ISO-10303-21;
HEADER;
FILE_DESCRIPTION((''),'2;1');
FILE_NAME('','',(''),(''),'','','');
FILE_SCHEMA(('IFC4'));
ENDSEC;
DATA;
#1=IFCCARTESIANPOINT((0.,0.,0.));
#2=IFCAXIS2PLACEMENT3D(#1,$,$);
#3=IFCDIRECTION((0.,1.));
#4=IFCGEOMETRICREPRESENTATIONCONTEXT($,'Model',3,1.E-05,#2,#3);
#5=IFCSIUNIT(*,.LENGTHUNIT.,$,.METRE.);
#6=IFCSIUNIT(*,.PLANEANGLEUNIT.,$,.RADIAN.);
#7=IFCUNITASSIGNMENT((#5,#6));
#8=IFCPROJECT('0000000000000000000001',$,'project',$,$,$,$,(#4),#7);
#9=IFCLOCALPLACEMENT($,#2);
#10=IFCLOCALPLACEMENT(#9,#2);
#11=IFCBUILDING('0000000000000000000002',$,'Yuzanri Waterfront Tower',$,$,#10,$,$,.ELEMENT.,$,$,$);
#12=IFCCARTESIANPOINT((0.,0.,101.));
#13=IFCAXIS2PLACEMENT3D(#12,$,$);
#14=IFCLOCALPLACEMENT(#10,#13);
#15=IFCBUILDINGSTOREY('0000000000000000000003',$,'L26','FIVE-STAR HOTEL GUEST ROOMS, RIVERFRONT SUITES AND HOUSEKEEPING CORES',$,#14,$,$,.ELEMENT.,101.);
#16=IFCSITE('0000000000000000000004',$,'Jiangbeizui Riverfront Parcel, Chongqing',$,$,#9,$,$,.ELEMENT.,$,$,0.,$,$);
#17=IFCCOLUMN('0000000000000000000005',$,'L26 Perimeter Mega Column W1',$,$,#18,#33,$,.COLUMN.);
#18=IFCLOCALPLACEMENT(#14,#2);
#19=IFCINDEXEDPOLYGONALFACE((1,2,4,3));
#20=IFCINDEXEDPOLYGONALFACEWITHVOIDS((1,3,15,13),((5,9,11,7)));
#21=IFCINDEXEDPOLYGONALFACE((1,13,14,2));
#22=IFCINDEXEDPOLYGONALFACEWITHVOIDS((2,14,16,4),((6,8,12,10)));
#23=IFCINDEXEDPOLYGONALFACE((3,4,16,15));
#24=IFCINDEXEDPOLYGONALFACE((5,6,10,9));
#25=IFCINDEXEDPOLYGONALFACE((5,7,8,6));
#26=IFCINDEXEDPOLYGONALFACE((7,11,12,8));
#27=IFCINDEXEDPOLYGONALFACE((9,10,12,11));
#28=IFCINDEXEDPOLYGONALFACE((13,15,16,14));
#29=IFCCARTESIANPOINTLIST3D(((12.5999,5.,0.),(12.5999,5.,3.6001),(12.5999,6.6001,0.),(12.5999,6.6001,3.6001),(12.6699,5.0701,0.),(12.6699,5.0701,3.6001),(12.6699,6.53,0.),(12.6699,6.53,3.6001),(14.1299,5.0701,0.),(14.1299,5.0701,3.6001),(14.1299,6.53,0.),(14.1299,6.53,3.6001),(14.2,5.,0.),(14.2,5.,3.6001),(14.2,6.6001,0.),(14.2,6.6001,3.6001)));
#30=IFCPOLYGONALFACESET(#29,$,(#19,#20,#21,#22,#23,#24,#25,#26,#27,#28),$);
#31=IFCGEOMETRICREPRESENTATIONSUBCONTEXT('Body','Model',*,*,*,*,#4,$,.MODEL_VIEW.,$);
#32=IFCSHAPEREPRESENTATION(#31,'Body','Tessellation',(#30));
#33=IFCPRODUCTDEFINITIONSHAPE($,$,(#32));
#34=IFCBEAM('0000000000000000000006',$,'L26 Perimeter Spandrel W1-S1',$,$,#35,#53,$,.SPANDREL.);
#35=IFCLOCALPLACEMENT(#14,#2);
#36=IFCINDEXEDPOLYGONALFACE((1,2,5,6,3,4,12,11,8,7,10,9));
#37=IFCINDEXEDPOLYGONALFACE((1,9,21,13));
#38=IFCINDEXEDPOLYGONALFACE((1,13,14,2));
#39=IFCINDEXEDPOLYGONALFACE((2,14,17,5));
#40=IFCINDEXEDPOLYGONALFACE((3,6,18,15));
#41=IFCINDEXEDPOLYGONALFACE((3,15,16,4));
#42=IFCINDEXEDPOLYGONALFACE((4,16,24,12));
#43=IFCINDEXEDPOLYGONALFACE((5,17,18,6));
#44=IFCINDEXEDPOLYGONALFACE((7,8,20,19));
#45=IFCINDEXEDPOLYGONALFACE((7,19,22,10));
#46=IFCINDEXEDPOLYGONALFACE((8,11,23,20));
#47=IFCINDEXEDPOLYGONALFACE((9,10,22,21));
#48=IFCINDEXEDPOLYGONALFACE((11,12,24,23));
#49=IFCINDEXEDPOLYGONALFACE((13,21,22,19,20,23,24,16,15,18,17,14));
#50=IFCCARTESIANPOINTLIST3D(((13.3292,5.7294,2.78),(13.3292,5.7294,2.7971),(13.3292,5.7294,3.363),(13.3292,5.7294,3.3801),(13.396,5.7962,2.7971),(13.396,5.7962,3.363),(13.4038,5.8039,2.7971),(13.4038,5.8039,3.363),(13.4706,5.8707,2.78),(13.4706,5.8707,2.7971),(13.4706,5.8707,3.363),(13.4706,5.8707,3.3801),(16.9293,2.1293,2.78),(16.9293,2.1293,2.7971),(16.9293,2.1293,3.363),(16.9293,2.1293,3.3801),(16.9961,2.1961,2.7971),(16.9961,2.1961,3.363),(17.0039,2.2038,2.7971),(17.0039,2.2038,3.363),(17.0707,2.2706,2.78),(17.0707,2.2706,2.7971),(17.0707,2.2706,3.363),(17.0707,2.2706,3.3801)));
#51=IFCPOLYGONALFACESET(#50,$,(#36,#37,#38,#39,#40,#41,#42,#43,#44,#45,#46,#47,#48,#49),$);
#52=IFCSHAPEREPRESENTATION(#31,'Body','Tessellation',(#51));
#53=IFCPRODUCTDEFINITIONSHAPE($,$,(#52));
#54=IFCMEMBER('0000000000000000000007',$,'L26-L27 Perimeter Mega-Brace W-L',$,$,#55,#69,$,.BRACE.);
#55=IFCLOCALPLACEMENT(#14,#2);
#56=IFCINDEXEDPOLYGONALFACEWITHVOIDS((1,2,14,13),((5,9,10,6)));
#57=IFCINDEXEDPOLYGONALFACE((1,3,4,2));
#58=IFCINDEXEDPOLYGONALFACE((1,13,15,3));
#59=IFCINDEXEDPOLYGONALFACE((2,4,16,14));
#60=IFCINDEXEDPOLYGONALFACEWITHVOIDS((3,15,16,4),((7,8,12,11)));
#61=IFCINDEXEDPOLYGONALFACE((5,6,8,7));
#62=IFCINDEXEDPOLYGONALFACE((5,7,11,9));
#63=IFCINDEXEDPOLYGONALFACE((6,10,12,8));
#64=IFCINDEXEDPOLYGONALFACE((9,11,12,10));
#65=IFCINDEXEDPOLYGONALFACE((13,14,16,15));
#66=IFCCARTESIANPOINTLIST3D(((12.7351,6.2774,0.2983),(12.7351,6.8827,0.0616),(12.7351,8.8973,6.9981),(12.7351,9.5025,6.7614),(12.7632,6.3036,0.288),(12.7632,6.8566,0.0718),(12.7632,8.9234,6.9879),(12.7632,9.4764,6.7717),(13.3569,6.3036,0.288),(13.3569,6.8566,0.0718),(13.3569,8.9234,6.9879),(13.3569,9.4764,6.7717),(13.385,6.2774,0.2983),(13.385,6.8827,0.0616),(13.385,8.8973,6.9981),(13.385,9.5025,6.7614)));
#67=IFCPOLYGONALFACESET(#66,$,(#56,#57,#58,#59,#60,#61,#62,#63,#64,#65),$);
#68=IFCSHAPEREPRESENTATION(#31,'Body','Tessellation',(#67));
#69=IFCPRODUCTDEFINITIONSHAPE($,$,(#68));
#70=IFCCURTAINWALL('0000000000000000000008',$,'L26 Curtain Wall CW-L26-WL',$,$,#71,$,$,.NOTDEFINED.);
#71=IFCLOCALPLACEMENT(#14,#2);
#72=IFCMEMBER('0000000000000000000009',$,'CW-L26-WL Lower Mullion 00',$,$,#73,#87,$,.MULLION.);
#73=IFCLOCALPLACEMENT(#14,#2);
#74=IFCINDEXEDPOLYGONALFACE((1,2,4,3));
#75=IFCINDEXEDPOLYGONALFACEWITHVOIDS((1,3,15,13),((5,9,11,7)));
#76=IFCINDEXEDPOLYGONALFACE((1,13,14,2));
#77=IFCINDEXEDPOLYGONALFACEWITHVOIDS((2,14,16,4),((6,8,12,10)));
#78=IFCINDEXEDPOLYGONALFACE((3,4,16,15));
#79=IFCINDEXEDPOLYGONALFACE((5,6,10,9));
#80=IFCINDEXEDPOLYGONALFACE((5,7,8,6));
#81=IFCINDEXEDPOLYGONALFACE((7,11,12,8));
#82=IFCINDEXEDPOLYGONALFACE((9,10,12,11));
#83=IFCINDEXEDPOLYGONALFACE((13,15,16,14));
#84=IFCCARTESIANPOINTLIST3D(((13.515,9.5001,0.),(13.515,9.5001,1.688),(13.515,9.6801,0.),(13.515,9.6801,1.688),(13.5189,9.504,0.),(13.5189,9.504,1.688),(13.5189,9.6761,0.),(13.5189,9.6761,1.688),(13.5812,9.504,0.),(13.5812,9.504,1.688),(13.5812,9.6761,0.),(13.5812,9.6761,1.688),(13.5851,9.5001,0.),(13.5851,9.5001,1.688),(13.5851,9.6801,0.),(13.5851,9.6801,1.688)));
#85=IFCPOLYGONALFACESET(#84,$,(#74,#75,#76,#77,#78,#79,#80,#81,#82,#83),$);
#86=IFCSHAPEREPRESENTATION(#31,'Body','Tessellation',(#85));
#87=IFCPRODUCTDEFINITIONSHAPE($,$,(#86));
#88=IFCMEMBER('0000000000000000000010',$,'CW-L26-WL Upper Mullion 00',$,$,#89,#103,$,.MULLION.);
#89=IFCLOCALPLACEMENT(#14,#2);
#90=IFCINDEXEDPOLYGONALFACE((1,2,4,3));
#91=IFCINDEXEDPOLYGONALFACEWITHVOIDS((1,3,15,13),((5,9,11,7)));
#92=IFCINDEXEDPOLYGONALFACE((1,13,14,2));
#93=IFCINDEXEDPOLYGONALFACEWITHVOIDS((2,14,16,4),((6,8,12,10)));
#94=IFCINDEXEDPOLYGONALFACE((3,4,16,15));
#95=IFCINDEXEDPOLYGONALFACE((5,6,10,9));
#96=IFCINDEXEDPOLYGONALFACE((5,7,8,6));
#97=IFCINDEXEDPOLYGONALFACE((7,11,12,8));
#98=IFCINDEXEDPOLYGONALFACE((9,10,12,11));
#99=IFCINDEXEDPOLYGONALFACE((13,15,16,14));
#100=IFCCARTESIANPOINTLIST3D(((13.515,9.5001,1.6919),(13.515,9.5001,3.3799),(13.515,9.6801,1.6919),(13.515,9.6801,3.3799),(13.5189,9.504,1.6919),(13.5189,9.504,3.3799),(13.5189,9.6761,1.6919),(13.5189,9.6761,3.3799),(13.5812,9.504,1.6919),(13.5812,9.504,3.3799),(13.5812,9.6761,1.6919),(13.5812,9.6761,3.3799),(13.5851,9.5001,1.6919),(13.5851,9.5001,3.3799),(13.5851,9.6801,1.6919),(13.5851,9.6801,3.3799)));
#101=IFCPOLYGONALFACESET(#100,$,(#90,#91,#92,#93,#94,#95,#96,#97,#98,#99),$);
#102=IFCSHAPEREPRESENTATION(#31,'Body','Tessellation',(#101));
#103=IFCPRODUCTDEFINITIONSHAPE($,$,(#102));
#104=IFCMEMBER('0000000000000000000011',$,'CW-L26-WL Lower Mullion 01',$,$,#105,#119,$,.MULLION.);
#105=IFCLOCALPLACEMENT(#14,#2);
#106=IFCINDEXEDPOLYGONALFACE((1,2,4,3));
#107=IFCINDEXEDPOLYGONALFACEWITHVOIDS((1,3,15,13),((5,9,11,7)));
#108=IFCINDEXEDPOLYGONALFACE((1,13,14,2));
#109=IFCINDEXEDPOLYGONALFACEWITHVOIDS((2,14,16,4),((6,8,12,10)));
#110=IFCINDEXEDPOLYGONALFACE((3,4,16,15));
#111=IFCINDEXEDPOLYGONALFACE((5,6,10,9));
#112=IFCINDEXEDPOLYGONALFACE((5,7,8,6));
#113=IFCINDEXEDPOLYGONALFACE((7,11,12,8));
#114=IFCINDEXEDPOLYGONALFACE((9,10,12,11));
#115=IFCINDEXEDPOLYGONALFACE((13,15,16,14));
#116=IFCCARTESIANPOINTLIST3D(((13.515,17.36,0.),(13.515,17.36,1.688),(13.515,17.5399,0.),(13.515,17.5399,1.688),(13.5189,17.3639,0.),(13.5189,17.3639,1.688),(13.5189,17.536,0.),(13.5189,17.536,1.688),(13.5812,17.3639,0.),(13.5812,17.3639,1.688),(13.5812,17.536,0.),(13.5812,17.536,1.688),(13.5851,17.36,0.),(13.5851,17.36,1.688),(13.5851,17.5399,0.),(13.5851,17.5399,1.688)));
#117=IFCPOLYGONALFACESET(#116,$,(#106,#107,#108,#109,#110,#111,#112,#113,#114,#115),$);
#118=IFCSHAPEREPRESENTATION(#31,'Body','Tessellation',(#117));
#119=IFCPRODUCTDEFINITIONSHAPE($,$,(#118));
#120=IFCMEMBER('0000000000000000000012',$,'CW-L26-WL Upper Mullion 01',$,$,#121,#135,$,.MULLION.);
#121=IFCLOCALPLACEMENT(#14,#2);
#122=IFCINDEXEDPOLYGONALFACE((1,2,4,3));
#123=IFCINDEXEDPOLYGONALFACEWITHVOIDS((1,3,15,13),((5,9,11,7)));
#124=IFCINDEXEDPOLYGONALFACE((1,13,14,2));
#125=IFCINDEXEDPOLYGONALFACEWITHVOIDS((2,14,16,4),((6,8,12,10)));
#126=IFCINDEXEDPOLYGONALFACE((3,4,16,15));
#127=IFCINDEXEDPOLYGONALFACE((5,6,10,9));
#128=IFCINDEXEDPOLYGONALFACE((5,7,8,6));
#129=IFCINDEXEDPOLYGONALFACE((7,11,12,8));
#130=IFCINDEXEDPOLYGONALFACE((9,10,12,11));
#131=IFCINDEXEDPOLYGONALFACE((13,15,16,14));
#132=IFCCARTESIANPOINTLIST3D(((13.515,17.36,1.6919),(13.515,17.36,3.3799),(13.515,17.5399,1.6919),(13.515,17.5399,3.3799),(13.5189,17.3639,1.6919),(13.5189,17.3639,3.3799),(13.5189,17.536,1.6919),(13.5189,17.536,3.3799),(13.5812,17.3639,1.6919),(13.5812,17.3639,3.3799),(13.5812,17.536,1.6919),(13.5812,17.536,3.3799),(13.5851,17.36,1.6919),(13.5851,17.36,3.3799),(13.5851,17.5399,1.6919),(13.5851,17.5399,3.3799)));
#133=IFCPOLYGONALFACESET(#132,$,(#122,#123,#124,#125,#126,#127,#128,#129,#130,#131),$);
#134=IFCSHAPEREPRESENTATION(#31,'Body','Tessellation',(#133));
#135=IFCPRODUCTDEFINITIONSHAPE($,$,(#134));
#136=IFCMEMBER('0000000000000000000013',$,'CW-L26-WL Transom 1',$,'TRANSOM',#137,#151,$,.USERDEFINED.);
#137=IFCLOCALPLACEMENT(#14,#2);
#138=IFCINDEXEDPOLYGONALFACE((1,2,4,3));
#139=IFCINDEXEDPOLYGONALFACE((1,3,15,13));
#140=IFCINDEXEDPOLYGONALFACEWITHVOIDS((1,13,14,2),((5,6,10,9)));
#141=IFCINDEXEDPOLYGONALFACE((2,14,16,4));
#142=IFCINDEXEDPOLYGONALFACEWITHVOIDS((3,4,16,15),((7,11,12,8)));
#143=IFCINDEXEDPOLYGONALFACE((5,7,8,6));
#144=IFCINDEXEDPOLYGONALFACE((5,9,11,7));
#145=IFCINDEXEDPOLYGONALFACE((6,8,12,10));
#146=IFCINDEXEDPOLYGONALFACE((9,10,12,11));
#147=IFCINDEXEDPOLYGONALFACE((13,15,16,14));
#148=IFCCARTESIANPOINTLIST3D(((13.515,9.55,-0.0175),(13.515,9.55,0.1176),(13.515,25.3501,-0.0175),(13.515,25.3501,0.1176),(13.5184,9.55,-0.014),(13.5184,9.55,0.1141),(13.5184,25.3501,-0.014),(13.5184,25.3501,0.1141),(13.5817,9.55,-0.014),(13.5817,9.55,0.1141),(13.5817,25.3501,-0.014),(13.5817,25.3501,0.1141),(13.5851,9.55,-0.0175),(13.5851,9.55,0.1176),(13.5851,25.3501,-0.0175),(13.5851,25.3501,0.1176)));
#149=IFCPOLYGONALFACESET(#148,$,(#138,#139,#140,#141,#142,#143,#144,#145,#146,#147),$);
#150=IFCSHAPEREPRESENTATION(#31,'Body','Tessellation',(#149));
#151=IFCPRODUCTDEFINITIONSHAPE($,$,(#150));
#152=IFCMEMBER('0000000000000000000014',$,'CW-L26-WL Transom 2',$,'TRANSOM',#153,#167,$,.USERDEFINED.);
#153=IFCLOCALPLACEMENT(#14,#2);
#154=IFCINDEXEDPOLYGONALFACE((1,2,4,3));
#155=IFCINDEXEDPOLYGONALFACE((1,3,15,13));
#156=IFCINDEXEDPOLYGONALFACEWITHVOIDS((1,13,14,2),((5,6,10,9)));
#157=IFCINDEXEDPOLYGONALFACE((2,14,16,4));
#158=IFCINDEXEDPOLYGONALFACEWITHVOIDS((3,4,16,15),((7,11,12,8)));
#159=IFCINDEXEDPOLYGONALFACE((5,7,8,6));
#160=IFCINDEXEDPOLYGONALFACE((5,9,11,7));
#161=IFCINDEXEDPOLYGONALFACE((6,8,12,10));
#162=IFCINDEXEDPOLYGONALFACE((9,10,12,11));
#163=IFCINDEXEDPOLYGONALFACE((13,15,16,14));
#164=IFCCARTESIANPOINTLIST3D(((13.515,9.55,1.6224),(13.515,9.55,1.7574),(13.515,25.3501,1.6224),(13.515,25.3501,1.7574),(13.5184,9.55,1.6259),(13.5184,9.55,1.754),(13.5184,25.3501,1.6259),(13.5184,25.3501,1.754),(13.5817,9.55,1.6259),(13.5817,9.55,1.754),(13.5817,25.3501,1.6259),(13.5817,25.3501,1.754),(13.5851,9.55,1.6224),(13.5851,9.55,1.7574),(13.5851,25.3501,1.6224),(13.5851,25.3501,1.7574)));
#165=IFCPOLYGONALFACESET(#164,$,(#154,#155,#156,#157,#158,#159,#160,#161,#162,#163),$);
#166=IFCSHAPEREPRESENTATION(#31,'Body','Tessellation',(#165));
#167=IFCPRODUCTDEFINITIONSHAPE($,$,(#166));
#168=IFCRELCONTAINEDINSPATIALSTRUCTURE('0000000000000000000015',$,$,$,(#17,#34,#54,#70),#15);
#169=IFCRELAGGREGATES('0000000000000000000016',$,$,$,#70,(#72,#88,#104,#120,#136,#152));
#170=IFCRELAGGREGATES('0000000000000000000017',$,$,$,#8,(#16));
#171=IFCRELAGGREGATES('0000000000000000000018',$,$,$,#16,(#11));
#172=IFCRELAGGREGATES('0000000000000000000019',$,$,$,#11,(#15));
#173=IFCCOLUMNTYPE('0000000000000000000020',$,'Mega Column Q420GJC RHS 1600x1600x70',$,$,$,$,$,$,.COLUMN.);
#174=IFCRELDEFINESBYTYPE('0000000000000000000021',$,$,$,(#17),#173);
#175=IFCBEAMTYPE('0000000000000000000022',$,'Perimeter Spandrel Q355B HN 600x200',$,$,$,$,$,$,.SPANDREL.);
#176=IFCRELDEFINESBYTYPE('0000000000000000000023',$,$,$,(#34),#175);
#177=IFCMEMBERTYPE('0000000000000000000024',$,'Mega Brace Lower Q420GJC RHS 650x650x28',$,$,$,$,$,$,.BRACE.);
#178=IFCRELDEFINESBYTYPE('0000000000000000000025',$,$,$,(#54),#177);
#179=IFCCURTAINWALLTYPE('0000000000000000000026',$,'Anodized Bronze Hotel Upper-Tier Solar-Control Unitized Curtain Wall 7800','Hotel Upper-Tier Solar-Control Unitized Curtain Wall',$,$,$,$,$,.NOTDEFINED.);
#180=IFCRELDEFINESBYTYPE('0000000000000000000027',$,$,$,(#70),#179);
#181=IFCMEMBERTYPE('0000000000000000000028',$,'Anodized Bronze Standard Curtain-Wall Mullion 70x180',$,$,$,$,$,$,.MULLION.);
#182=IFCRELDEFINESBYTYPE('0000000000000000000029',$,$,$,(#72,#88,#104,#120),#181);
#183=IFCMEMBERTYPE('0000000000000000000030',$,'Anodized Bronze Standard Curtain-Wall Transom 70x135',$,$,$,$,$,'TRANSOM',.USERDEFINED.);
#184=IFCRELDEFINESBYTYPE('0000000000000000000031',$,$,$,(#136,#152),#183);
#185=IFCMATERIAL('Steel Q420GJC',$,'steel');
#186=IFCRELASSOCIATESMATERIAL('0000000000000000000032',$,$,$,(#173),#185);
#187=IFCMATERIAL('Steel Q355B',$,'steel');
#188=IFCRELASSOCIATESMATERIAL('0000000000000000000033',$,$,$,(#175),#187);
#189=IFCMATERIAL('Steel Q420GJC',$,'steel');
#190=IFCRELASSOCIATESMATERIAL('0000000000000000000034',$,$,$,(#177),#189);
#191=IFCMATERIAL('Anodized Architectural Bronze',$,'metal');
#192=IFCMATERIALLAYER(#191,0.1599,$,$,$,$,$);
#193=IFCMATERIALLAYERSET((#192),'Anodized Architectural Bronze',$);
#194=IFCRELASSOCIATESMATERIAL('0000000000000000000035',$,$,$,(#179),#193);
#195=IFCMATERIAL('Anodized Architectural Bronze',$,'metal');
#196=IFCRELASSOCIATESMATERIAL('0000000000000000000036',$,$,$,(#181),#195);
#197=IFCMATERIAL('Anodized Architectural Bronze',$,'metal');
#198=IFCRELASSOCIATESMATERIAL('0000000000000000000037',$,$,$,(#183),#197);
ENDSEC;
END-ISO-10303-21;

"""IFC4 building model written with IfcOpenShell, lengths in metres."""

from ifc_helpers import new_model, si_unit, direction, frame, origin, origin_2d, place, context, subcontext, project, spatial, hollow_rectangle, i_section, extrude, source, transform, mapped, material, layer, layer_set, material_profile, profile_set, type_object, element, aggregate, save


model = new_model("IFC4")

# Units and contexts
model_context = context("Model", 3, precision=1e-05, world=origin(), true_north=direction((0.0, 1.0)))
body_context = subcontext(model_context, "Body", "Model", "MODEL_VIEW")
ifc_project = project(units=[si_unit("LENGTHUNIT", "METRE"), si_unit("PLANEANGLEUNIT", "RADIAN")], contexts=[model_context])

# Site, building, storey
site_placement = place(None, origin())
site = spatial("IfcSite", under=ifc_project, at=site_placement, Name="Jiangbeizui Riverfront Parcel, Chongqing", CompositionType="ELEMENT", RefElevation=0.0)
building_placement = place(site_placement, origin())
building = spatial("IfcBuilding", under=site, at=building_placement, Name="Yuzanri Waterfront Tower", CompositionType="ELEMENT")
storey_placement = place(building_placement, frame((0.0, 0.0, 101.0)))
storey = spatial("IfcBuildingStorey", under=building, at=storey_placement, Name="L26", Description="FIVE-STAR HOTEL GUEST ROOMS, RIVERFRONT SUITES AND HOUSEKEEPING CORES", CompositionType="ELEMENT", Elevation=101.0)

# Column
ifc_material_1 = material(Name="Steel Q420GJC", Category="steel")
ifc_material_profile_1 = material_profile(ifc_material_1, hollow_rectangle(XDim=1.6001, YDim=1.6001, WallThickness=0.0701, at=origin_2d()), Name="RHS 1600x1600x70")
ifc_profile_set_1 = profile_set([ifc_material_profile_1], Name="Steel Q420GJC")
column_type = type_object("IfcColumnType", Name="Mega Column Q420GJC RHS 1600x1600x70", PredefinedType="COLUMN", material=ifc_profile_set_1)
shared_shape_1 = source(origin(), body_context, "Body", "SweptSolid", [
    extrude(hollow_rectangle(XDim=1.6001, YDim=1.6001, WallThickness=0.0701, at=origin_2d()), origin(), (0.0, 0.0, 1.0), 3.6001),
])
column_placement = place(storey_placement, frame((13.3999, 5.8, 0.0), z_axis=(0.0, 0.0, 1.0), x_axis=(1.0, 0.0, 0.0)))
element("IfcColumn", 1, at=column_placement, inside=storey, type_object=column_type, Name="L26 Perimeter Mega Column W1", PredefinedType="COLUMN", context=body_context, shape_type="MappedRepresentation", body=[
    mapped(shared_shape_1, transform((0.0, 0.0, 0.0), scale=1.0)),
])

# Beam
ifc_material_2 = material(Name="Steel Q355B", Category="steel")
ifc_material_profile_2 = material_profile(ifc_material_2, i_section(OverallWidth=0.2, OverallDepth=0.6001, WebThickness=0.011, FlangeThickness=0.0171, at=origin_2d()), Name="HN 600x200x11x17")
ifc_profile_set_2 = profile_set([ifc_material_profile_2], Name="Steel Q355B")
beam_type = type_object("IfcBeamType", Name="Perimeter Spandrel Q355B HN 600x200", PredefinedType="SPANDREL", material=ifc_profile_set_2)
shared_shape_2 = source(origin(), body_context, "Body", "SweptSolid", [
    extrude(i_section(OverallWidth=0.2, OverallDepth=0.6001, WebThickness=0.011, FlangeThickness=0.0171, at=origin_2d()), origin(), (0.0, 0.0, 1.0), 5.0913),
])
beam_placement = place(storey_placement, frame((13.3999, 5.8, 3.0801), z_axis=(0.707107, -0.707107, 0.0), x_axis=(0.707107, 0.707107, 0.0)))
element("IfcBeam", 2, at=beam_placement, inside=storey, type_object=beam_type, Name="L26 Perimeter Spandrel W1-S1", PredefinedType="SPANDREL", context=body_context, shape_type="MappedRepresentation", body=[
    mapped(shared_shape_2, transform((0.0, 0.0, 0.0), scale=1.0)),
])

# Member
ifc_material_3 = material(Name="Steel Q420GJC", Category="steel")
ifc_material_profile_3 = material_profile(ifc_material_3, hollow_rectangle(XDim=0.6499, YDim=0.6499, WallThickness=0.0281, at=origin_2d()), Name="RHS 650x650x28")
ifc_profile_set_3 = profile_set([ifc_material_profile_3], Name="Steel Q420GJC")
member_type_1 = type_object("IfcMemberType", Name="Mega Brace Lower Q420GJC RHS 650x650x28", PredefinedType="BRACE", material=ifc_profile_set_3)
shared_shape_3 = source(origin(), body_context, "Body", "SweptSolid", [
    extrude(hollow_rectangle(XDim=0.6499, YDim=0.6499, WallThickness=0.0281, at=origin_2d()), origin(), (0.0, 0.0, 1.0), 7.1938),
])
member_1_placement = place(storey_placement, frame((13.0601, 6.5801, 0.1799), z_axis=(0.0, 0.364177, 0.93133), x_axis=(-1.0, 0.0, 0.0)))
element("IfcMember", 3, at=member_1_placement, inside=storey, type_object=member_type_1, Name="L26-L27 Perimeter Mega-Brace W-L", PredefinedType="BRACE", context=body_context, shape_type="MappedRepresentation", body=[
    mapped(shared_shape_3, transform((0.0, 0.0, 0.0), scale=1.0)),
])

# Curtain wall, members
ifc_material_4 = material(Name="Anodized Architectural Bronze", Category="metal")
ifc_layer_1 = layer(ifc_material_4, 0.1599)
ifc_layer_set_1 = layer_set([ifc_layer_1], Name="Anodized Architectural Bronze")
curtain_wall_type = type_object("IfcCurtainWallType", Name="Anodized Bronze Hotel Upper-Tier Solar-Control Unitized Curtain Wall 7800", Description="Hotel Upper-Tier Solar-Control Unitized Curtain Wall", PredefinedType="NOTDEFINED", material=ifc_layer_set_1)
curtain_wall_placement = place(storey_placement, origin())
curtain_wall = element("IfcCurtainWall", 4, at=curtain_wall_placement, inside=storey, type_object=curtain_wall_type, Name="L26 Curtain Wall CW-L26-WL", PredefinedType="NOTDEFINED")
ifc_material_5 = material(Name="Anodized Architectural Bronze", Category="metal")
ifc_material_profile_4 = material_profile(ifc_material_5, hollow_rectangle(XDim=0.0701, YDim=0.1799, WallThickness=0.0039, at=origin_2d()), Name="CWM 70x180")
ifc_profile_set_4 = profile_set([ifc_material_profile_4], Name="Anodized Architectural Bronze")
member_type_2 = type_object("IfcMemberType", Name="Anodized Bronze Standard Curtain-Wall Mullion 70x180", PredefinedType="MULLION", material=ifc_profile_set_4)
shared_shape_4 = source(origin(), body_context, "Body", "SweptSolid", [
    extrude(hollow_rectangle(XDim=0.0701, YDim=0.1799, WallThickness=0.0039, at=origin_2d()), origin(), (0.0, 0.0, 1.0), 1.688),
])
member_2_placement = place(storey_placement, frame((13.55, 9.5901, 0.0), z_axis=(0.0, 0.0, 1.0), x_axis=(1.0, 0.0, 0.0)))
member_2 = element("IfcMember", 5, at=member_2_placement, type_object=member_type_2, Name="CW-L26-WL Lower Mullion 00", PredefinedType="MULLION", context=body_context, shape_type="MappedRepresentation", body=[
    mapped(shared_shape_4, transform((0.0, 0.0, 0.0), scale=1.0)),
])
member_3_placement = place(storey_placement, frame((13.55, 9.5901, 1.6919), z_axis=(0.0, 0.0, 1.0), x_axis=(1.0, 0.0, 0.0)))
member_3 = element("IfcMember", 6, at=member_3_placement, type_object=member_type_2, Name="CW-L26-WL Upper Mullion 00", PredefinedType="MULLION", context=body_context, shape_type="MappedRepresentation", body=[
    mapped(shared_shape_4, transform((0.0, 0.0, 0.0), scale=1.0)),
])
member_4_placement = place(storey_placement, frame((13.55, 17.45, 0.0), z_axis=(0.0, 0.0, 1.0), x_axis=(1.0, 0.0, 0.0)))
member_4 = element("IfcMember", 7, at=member_4_placement, type_object=member_type_2, Name="CW-L26-WL Lower Mullion 01", PredefinedType="MULLION", context=body_context, shape_type="MappedRepresentation", body=[
    mapped(shared_shape_4, transform((0.0, 0.0, 0.0), scale=1.0)),
])
member_5_placement = place(storey_placement, frame((13.55, 17.45, 1.6919), z_axis=(0.0, 0.0, 1.0), x_axis=(1.0, 0.0, 0.0)))
member_5 = element("IfcMember", 8, at=member_5_placement, type_object=member_type_2, Name="CW-L26-WL Upper Mullion 01", PredefinedType="MULLION", context=body_context, shape_type="MappedRepresentation", body=[
    mapped(shared_shape_4, transform((0.0, 0.0, 0.0), scale=1.0)),
])
ifc_material_6 = material(Name="Anodized Architectural Bronze", Category="metal")
ifc_material_profile_5 = material_profile(ifc_material_6, hollow_rectangle(XDim=0.0701, YDim=0.135, WallThickness=0.0034, at=origin_2d()), Name="CWT 70x135")
ifc_profile_set_5 = profile_set([ifc_material_profile_5], Name="Anodized Architectural Bronze")
member_type_3 = type_object("IfcMemberType", Name="Anodized Bronze Standard Curtain-Wall Transom 70x135", ElementType="TRANSOM", PredefinedType="USERDEFINED", material=ifc_profile_set_5)
shared_shape_5 = source(origin(), body_context, "Body", "SweptSolid", [
    extrude(hollow_rectangle(XDim=0.0701, YDim=0.135, WallThickness=0.0034, at=origin_2d()), origin(), (0.0, 0.0, 1.0), 15.8),
])
member_6_placement = place(storey_placement, frame((13.55, 9.55, 0.05), z_axis=(0.0, 1.0, 0.0), x_axis=(-1.0, 0.0, 0.0)))
member_6 = element("IfcMember", 9, at=member_6_placement, type_object=member_type_3, Name="CW-L26-WL Transom 1", ObjectType="TRANSOM", PredefinedType="USERDEFINED", context=body_context, shape_type="MappedRepresentation", body=[
    mapped(shared_shape_5, transform((0.0, 0.0, 0.0), scale=1.0)),
])
member_7_placement = place(storey_placement, frame((13.55, 9.55, 1.6899), z_axis=(0.0, 1.0, 0.0), x_axis=(-1.0, 0.0, 0.0)))
member_7 = element("IfcMember", 10, at=member_7_placement, type_object=member_type_3, Name="CW-L26-WL Transom 2", ObjectType="TRANSOM", PredefinedType="USERDEFINED", context=body_context, shape_type="MappedRepresentation", body=[
    mapped(shared_shape_5, transform((0.0, 0.0, 0.0), scale=1.0)),
])

aggregate(curtain_wall, [member_2, member_3, member_4, member_5, member_6, member_7])

save(model, "model.ifc")
